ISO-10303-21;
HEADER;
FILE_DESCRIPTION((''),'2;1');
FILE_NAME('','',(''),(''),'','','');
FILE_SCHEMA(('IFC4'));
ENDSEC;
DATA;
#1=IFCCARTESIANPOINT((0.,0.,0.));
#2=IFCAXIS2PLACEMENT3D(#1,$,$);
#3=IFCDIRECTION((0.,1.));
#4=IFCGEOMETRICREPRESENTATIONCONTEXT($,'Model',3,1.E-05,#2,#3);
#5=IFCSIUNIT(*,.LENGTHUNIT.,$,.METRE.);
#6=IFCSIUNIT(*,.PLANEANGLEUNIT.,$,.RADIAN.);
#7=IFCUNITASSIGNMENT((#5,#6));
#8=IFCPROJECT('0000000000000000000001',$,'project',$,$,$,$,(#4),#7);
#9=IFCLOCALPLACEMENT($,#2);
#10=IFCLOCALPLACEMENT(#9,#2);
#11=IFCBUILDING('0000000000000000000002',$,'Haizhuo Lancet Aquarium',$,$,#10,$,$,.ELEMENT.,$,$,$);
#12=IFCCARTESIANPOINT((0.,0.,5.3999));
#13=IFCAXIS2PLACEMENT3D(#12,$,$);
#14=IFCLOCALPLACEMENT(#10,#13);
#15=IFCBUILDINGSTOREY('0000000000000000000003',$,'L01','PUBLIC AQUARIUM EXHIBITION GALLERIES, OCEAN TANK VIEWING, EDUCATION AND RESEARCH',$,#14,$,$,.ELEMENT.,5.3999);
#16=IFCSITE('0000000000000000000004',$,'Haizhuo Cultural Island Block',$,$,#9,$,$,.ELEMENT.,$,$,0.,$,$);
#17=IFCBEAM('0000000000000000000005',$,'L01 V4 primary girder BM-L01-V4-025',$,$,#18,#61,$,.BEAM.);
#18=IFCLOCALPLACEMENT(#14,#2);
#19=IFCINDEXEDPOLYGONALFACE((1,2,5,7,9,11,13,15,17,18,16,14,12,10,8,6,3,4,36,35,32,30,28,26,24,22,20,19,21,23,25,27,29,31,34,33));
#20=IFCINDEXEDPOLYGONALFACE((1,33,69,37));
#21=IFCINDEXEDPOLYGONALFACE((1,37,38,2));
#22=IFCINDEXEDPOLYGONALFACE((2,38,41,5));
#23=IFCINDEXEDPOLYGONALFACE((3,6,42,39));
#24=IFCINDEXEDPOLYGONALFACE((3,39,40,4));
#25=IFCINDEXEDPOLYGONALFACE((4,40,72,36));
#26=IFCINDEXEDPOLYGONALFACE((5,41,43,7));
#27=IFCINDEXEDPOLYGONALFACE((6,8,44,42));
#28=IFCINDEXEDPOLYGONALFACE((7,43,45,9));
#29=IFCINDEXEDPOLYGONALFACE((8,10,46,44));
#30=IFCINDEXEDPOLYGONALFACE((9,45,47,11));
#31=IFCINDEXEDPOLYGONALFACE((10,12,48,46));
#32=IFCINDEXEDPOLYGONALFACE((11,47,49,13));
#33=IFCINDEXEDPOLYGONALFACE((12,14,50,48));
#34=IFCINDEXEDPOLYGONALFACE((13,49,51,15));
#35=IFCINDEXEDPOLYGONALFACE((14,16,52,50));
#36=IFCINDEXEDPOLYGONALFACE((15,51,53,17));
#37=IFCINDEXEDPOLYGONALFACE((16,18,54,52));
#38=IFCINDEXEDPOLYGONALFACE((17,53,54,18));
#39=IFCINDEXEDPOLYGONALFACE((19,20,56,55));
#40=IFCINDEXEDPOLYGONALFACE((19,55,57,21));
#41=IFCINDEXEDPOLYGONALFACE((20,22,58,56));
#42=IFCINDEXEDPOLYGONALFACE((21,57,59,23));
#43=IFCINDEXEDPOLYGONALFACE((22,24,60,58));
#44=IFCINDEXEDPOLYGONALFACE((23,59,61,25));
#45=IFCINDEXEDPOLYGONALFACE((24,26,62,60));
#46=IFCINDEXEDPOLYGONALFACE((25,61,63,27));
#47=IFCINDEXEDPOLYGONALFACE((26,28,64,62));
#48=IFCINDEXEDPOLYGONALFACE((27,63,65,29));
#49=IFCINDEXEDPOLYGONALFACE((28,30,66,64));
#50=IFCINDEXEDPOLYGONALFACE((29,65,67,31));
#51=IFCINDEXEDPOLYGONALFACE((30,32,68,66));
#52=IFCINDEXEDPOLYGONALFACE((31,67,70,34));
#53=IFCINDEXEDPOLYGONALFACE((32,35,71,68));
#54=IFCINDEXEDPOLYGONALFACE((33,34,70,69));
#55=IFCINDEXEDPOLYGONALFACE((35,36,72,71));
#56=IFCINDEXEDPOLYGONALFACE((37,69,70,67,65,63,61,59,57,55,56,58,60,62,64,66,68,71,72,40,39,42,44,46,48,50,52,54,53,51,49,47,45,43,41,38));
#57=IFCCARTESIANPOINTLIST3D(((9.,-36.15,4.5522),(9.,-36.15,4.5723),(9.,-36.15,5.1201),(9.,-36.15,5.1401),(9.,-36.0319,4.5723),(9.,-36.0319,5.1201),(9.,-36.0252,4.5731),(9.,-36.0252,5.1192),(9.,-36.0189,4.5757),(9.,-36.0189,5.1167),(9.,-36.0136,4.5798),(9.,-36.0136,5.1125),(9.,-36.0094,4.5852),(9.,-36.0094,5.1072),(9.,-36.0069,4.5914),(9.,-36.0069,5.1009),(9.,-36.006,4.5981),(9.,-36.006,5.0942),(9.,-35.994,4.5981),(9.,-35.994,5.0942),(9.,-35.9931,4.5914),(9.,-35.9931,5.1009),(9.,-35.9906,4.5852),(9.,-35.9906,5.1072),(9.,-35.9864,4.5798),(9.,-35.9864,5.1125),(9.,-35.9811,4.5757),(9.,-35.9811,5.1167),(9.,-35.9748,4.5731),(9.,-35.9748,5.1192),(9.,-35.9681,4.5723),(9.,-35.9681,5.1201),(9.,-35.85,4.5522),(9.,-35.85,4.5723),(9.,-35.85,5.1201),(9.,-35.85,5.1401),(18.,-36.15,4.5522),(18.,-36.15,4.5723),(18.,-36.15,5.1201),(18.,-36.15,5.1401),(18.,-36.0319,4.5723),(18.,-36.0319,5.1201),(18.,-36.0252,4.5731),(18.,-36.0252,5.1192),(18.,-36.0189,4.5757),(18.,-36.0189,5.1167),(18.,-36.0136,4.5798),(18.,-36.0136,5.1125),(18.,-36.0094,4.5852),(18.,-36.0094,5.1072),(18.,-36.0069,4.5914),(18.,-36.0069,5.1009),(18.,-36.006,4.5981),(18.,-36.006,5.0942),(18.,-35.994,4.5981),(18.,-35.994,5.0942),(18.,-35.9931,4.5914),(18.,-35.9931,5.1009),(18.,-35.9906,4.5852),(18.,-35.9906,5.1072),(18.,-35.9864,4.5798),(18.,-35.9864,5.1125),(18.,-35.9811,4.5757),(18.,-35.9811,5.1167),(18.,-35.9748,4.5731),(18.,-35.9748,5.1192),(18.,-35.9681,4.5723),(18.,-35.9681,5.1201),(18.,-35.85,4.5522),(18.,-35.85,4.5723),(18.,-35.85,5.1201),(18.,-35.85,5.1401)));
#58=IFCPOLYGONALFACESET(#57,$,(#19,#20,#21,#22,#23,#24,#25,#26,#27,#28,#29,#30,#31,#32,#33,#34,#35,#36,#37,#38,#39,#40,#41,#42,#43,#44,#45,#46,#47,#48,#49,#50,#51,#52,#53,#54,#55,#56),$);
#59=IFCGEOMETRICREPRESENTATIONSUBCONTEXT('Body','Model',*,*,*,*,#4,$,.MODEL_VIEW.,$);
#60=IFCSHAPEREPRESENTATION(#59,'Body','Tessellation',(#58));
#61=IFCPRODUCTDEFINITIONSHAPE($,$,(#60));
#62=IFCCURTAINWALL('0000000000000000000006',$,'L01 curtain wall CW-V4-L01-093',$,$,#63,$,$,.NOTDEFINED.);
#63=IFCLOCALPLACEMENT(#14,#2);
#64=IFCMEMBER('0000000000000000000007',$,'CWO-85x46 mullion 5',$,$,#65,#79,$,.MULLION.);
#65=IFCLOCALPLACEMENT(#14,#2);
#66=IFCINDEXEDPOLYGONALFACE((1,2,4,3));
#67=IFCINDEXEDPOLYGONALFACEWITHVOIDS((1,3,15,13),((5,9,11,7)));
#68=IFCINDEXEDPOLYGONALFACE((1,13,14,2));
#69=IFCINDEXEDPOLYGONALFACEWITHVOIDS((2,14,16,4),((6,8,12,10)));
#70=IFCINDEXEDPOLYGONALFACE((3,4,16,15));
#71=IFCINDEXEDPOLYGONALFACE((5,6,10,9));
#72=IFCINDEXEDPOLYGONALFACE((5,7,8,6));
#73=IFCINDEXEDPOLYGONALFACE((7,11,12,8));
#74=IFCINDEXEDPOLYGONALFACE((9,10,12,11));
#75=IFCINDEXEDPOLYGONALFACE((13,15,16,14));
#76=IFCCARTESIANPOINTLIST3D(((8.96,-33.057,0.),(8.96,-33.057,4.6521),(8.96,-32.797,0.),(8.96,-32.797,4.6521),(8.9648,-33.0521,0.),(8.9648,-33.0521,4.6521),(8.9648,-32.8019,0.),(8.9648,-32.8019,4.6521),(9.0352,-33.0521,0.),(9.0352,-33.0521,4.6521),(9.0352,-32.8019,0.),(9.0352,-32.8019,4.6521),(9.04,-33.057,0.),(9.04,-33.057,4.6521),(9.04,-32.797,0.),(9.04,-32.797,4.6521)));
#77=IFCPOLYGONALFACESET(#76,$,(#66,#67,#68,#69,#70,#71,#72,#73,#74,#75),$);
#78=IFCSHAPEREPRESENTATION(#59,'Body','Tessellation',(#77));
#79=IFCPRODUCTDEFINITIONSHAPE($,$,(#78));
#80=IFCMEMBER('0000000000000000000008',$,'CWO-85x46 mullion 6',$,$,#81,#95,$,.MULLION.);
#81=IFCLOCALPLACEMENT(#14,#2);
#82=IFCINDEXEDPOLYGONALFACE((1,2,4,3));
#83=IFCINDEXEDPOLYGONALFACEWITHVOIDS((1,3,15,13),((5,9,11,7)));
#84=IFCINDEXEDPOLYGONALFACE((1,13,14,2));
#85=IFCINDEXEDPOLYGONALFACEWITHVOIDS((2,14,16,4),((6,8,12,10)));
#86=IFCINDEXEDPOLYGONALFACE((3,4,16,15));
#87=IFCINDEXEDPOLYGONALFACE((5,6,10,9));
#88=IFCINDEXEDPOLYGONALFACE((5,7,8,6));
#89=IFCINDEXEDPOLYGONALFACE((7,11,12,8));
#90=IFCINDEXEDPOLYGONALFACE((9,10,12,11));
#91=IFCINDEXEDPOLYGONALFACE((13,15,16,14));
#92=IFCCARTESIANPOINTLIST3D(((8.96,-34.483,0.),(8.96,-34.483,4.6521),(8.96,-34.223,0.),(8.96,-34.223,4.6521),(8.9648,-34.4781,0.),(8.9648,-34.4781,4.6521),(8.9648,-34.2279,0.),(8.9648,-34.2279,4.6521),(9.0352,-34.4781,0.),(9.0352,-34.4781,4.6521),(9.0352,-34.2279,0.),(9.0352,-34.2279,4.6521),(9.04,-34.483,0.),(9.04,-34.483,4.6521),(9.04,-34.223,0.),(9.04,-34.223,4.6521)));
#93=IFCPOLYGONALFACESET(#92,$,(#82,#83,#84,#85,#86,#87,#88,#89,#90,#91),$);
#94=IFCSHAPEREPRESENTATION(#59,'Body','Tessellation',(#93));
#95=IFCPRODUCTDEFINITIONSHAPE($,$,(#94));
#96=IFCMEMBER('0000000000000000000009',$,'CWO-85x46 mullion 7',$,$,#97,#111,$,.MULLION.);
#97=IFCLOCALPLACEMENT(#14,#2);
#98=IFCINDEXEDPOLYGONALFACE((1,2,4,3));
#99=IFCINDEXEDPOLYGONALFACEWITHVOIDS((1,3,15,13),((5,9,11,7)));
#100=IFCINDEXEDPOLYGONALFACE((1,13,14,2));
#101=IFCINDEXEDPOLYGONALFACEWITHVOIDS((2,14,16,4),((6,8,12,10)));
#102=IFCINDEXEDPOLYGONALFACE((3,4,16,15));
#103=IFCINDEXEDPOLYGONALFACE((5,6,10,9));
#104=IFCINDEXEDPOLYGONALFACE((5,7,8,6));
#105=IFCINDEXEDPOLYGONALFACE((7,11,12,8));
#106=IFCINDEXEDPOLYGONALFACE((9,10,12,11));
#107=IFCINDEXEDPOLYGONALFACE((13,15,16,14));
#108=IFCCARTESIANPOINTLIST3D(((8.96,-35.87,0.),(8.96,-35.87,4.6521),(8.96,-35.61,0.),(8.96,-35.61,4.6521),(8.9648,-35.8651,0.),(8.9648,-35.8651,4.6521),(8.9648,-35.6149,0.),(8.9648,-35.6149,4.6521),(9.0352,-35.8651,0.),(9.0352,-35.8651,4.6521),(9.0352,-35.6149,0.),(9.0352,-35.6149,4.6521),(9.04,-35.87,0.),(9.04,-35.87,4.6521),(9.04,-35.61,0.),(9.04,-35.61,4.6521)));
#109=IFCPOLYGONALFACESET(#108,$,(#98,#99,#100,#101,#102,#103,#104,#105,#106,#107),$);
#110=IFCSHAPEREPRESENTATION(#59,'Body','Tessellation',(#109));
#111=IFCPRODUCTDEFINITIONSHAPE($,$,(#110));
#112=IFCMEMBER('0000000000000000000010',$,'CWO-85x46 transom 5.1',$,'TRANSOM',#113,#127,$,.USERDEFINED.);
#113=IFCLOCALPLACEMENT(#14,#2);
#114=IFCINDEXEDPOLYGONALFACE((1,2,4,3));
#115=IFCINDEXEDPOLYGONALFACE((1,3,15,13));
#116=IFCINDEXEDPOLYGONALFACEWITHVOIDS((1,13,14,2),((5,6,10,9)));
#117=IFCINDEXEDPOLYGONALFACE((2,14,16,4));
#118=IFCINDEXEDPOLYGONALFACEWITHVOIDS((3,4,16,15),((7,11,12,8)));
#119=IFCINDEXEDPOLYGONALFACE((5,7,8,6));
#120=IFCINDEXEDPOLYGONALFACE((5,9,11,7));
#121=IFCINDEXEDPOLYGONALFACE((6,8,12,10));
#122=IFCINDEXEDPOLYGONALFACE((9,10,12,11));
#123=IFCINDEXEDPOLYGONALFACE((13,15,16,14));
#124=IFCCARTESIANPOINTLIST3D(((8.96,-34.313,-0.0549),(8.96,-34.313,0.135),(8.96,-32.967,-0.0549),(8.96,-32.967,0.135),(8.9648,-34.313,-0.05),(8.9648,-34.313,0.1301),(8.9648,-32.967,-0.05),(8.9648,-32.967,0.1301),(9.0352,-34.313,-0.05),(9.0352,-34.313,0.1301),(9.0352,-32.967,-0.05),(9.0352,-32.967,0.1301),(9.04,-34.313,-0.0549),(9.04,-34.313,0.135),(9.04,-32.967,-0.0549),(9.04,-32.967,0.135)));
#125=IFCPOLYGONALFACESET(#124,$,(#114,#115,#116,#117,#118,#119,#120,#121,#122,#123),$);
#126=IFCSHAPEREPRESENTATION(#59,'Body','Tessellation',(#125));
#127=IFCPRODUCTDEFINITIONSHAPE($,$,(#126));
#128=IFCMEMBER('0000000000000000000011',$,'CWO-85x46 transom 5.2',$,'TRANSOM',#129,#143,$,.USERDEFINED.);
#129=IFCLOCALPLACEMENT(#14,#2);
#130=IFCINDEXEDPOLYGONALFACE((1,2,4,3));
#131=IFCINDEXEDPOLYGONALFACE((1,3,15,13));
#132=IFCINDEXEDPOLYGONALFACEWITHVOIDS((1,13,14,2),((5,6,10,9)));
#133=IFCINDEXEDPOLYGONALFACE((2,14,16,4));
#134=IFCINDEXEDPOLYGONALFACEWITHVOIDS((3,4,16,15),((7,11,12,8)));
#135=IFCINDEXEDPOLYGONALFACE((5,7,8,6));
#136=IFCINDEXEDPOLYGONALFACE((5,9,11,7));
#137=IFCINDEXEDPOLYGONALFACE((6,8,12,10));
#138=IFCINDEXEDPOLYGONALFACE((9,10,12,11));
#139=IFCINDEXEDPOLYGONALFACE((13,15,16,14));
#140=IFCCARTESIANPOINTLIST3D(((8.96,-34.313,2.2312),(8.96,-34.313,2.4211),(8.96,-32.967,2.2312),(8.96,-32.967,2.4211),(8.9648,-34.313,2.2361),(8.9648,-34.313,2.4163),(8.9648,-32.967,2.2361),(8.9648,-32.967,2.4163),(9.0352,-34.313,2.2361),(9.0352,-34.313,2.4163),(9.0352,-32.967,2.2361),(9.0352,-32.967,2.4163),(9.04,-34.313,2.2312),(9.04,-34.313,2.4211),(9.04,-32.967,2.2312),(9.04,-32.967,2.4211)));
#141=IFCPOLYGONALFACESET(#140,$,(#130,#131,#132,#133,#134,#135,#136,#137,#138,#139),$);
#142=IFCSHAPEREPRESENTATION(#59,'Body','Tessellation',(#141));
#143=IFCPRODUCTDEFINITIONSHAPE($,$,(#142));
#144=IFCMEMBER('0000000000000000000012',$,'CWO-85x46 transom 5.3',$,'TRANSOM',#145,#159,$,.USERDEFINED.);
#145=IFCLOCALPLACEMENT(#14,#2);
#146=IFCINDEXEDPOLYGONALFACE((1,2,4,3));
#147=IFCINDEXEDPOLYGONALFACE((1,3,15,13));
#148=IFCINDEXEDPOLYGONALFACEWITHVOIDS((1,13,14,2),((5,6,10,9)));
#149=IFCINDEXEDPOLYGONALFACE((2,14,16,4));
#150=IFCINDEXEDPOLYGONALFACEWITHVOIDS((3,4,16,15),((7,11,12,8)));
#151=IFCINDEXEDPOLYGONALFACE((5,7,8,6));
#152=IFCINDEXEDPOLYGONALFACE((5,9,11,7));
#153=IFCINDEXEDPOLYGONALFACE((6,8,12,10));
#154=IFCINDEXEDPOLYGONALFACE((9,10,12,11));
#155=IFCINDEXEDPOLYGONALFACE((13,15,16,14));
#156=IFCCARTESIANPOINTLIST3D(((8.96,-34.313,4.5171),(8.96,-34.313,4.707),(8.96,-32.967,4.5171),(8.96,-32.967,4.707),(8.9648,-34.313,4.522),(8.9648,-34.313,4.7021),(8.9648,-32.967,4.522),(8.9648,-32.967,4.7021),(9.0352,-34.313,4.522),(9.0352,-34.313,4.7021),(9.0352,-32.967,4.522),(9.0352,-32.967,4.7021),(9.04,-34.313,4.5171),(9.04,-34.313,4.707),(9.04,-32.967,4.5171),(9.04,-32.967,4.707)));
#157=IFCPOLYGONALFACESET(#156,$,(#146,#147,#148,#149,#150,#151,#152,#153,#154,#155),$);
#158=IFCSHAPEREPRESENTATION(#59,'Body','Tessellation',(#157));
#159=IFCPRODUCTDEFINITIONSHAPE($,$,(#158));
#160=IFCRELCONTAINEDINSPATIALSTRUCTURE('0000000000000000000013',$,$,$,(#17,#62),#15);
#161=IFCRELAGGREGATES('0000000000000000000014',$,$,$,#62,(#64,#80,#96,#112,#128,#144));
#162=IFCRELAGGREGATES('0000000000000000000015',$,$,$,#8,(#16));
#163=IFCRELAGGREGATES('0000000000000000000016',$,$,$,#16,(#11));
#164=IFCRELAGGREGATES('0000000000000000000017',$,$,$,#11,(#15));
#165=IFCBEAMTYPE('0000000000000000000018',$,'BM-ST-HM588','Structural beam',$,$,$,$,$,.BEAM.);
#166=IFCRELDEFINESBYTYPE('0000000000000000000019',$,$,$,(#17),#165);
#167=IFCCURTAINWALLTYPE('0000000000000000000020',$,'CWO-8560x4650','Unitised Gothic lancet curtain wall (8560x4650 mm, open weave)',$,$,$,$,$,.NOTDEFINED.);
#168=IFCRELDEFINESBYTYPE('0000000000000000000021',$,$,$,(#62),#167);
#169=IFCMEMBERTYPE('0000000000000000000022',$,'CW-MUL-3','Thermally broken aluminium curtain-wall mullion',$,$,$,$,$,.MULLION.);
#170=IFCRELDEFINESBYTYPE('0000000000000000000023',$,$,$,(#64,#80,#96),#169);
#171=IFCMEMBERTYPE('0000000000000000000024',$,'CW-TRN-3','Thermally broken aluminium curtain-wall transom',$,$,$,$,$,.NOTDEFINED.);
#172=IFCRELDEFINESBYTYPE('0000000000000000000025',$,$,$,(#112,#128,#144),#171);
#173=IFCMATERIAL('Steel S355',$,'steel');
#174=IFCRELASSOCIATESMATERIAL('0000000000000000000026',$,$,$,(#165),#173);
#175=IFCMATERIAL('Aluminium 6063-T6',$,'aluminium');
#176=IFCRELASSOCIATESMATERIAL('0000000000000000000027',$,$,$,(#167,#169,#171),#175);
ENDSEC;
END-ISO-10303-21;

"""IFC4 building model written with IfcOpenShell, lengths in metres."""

from ifc_helpers import new_model, si_unit, direction, frame, origin, origin_2d, place, context, subcontext, project, spatial, hollow_rectangle, i_section, extrude, material, material_profile, profile_set, type_object, element, aggregate, save


model = new_model("IFC4")

# Units and contexts
model_context = context("Model", 3, precision=1e-05, world=origin(), true_north=direction((0.0, 1.0)))
body_context = subcontext(model_context, "Body", "Model", "MODEL_VIEW")
ifc_project = project(units=[si_unit("LENGTHUNIT", "METRE"), si_unit("PLANEANGLEUNIT", "RADIAN")], contexts=[model_context])

# Site, building, storey
site_placement = place(None, origin())
site = spatial("IfcSite", under=ifc_project, at=site_placement, Name="Haizhuo Cultural Island Block", CompositionType="ELEMENT", RefElevation=0.0)
building_placement = place(site_placement, origin())
building = spatial("IfcBuilding", under=site, at=building_placement, Name="Haizhuo Lancet Aquarium", CompositionType="ELEMENT")
storey_placement = place(building_placement, frame((0.0, 0.0, 5.3999)))
storey = spatial("IfcBuildingStorey", under=building, at=storey_placement, Name="L01", Description="PUBLIC AQUARIUM EXHIBITION GALLERIES, OCEAN TANK VIEWING, EDUCATION AND RESEARCH", CompositionType="ELEMENT", Elevation=5.3999)

# Beam
ifc_material_1 = material(Name="Steel S355", Category="steel")
ifc_material_profile_1 = material_profile(ifc_material_1, i_section(OverallWidth=0.3, OverallDepth=0.5879, WebThickness=0.012, FlangeThickness=0.02, FilletRadius=0.0259, at=origin_2d()), Name="HM 588x300x12x20")
ifc_profile_set_1 = profile_set([ifc_material_profile_1], Name="Steel S355")
beam_type_1 = type_object("IfcBeamType", Name="BM-ST-HM588", Description="Structural beam", PredefinedType="BEAM", material=ifc_profile_set_1)
beam_1_placement = place(storey_placement, frame((9.0, -36.0, 4.8462), z_axis=(1.0, 0.0, 0.0), x_axis=(0.0, 1.0, 0.0)))
element("IfcBeam", 1, at=beam_1_placement, inside=storey, type_object=beam_type_1, Name="L01 V4 primary girder BM-L01-V4-025", PredefinedType="BEAM", context=body_context, shape_type="SweptSolid", body=[
    extrude(i_section(OverallWidth=0.3, OverallDepth=0.5879, WebThickness=0.012, FlangeThickness=0.02, FilletRadius=0.0259, at=origin_2d()), origin(), (0.0, 0.0, 1.0), 9.0),
])

# Curtain wall, members
ifc_material_2 = material(Name="Aluminium 6063-T6", Category="aluminium")
curtain_wall_type = type_object("IfcCurtainWallType", Name="CWO-8560x4650", Description="Unitised Gothic lancet curtain wall (8560x4650 mm, open weave)", PredefinedType="NOTDEFINED", material=ifc_material_2)
curtain_wall_placement = place(storey_placement, origin())
curtain_wall = element("IfcCurtainWall", 2, at=curtain_wall_placement, inside=storey, type_object=curtain_wall_type, Name="L01 curtain wall CW-V4-L01-093", PredefinedType="NOTDEFINED")
ifc_material_profile_2 = material_profile(ifc_material_2, hollow_rectangle(XDim=0.0801, YDim=0.26, WallThickness=0.0049, at=origin_2d()), Name="ALU-M 80x260x5")
ifc_profile_set_2 = profile_set([ifc_material_profile_2], Name="Aluminium 6063-T6")
member_type_1 = type_object("IfcMemberType", Name="CW-MUL-3", Description="Thermally broken aluminium curtain-wall mullion", PredefinedType="MULLION", material=ifc_profile_set_2)
member_1_placement = place(storey_placement, frame((9.0, -32.927, 0.0), z_axis=(0.0, 0.0, 1.0), x_axis=(1.0, 0.0, 0.0)))
member_1 = element("IfcMember", 3, at=member_1_placement, type_object=member_type_1, Name="CWO-85x46 mullion 5", PredefinedType="MULLION", context=body_context, shape_type="SweptSolid", body=[
    extrude(hollow_rectangle(XDim=0.0801, YDim=0.26, WallThickness=0.0049, at=origin_2d()), origin(), (0.0, 0.0, 1.0), 4.6521),
])
member_2_placement = place(storey_placement, frame((9.0, -34.353, 0.0), z_axis=(0.0, 0.0, 1.0), x_axis=(1.0, 0.0, 0.0)))
member_2 = element("IfcMember", 4, at=member_2_placement, type_object=member_type_1, Name="CWO-85x46 mullion 6", PredefinedType="MULLION", context=body_context, shape_type="SweptSolid", body=[
    extrude(hollow_rectangle(XDim=0.0801, YDim=0.26, WallThickness=0.0049, at=origin_2d()), origin(), (0.0, 0.0, 1.0), 4.6521),
])
member_3_placement = place(storey_placement, frame((9.0, -35.74, 0.0), z_axis=(0.0, 0.0, 1.0), x_axis=(1.0, 0.0, 0.0)))
member_3 = element("IfcMember", 5, at=member_3_placement, type_object=member_type_1, Name="CWO-85x46 mullion 7", PredefinedType="MULLION", context=body_context, shape_type="SweptSolid", body=[
    extrude(hollow_rectangle(XDim=0.0801, YDim=0.26, WallThickness=0.0049, at=origin_2d()), origin(), (0.0, 0.0, 1.0), 4.6521),
])
ifc_material_profile_3 = material_profile(ifc_material_2, hollow_rectangle(XDim=0.0801, YDim=0.1899, WallThickness=0.0049, at=origin_2d()), Name="ALU-T 80x190x5")
ifc_profile_set_3 = profile_set([ifc_material_profile_3], Name="Aluminium 6063-T6")
member_type_2 = type_object("IfcMemberType", Name="CW-TRN-3", Description="Thermally broken aluminium curtain-wall transom", PredefinedType="NOTDEFINED", material=ifc_profile_set_3)
member_4_placement = place(storey_placement, frame((9.0, -32.967, 0.04), z_axis=(0.0, -1.0, 0.0), x_axis=(1.0, 0.0, 0.0)))
member_4 = element("IfcMember", 6, at=member_4_placement, type_object=member_type_2, Name="CWO-85x46 transom 5.1", ObjectType="TRANSOM", PredefinedType="USERDEFINED", context=body_context, shape_type="SweptSolid", body=[
    extrude(hollow_rectangle(XDim=0.0801, YDim=0.1899, WallThickness=0.0049, at=origin_2d()), origin(), (0.0, 0.0, 1.0), 1.3459),
])
member_5_placement = place(storey_placement, frame((9.0, -32.967, 2.3262), z_axis=(0.0, -1.0, 0.0), x_axis=(1.0, 0.0, 0.0)))
member_5 = element("IfcMember", 7, at=member_5_placement, type_object=member_type_2, Name="CWO-85x46 transom 5.2", ObjectType="TRANSOM", PredefinedType="USERDEFINED", context=body_context, shape_type="SweptSolid", body=[
    extrude(hollow_rectangle(XDim=0.0801, YDim=0.1899, WallThickness=0.0049, at=origin_2d()), origin(), (0.0, 0.0, 1.0), 1.3459),
])
member_6_placement = place(storey_placement, frame((9.0, -32.967, 4.6121), z_axis=(0.0, -1.0, 0.0), x_axis=(1.0, 0.0, 0.0)))
member_6 = element("IfcMember", 8, at=member_6_placement, type_object=member_type_2, Name="CWO-85x46 transom 5.3", ObjectType="TRANSOM", PredefinedType="USERDEFINED", context=body_context, shape_type="SweptSolid", body=[
    extrude(hollow_rectangle(XDim=0.0801, YDim=0.1899, WallThickness=0.0049, at=origin_2d()), origin(), (0.0, 0.0, 1.0), 1.3459),
])

aggregate(curtain_wall, [member_1, member_2, member_3, member_4, member_5, member_6])

save(model, "model.ifc")
